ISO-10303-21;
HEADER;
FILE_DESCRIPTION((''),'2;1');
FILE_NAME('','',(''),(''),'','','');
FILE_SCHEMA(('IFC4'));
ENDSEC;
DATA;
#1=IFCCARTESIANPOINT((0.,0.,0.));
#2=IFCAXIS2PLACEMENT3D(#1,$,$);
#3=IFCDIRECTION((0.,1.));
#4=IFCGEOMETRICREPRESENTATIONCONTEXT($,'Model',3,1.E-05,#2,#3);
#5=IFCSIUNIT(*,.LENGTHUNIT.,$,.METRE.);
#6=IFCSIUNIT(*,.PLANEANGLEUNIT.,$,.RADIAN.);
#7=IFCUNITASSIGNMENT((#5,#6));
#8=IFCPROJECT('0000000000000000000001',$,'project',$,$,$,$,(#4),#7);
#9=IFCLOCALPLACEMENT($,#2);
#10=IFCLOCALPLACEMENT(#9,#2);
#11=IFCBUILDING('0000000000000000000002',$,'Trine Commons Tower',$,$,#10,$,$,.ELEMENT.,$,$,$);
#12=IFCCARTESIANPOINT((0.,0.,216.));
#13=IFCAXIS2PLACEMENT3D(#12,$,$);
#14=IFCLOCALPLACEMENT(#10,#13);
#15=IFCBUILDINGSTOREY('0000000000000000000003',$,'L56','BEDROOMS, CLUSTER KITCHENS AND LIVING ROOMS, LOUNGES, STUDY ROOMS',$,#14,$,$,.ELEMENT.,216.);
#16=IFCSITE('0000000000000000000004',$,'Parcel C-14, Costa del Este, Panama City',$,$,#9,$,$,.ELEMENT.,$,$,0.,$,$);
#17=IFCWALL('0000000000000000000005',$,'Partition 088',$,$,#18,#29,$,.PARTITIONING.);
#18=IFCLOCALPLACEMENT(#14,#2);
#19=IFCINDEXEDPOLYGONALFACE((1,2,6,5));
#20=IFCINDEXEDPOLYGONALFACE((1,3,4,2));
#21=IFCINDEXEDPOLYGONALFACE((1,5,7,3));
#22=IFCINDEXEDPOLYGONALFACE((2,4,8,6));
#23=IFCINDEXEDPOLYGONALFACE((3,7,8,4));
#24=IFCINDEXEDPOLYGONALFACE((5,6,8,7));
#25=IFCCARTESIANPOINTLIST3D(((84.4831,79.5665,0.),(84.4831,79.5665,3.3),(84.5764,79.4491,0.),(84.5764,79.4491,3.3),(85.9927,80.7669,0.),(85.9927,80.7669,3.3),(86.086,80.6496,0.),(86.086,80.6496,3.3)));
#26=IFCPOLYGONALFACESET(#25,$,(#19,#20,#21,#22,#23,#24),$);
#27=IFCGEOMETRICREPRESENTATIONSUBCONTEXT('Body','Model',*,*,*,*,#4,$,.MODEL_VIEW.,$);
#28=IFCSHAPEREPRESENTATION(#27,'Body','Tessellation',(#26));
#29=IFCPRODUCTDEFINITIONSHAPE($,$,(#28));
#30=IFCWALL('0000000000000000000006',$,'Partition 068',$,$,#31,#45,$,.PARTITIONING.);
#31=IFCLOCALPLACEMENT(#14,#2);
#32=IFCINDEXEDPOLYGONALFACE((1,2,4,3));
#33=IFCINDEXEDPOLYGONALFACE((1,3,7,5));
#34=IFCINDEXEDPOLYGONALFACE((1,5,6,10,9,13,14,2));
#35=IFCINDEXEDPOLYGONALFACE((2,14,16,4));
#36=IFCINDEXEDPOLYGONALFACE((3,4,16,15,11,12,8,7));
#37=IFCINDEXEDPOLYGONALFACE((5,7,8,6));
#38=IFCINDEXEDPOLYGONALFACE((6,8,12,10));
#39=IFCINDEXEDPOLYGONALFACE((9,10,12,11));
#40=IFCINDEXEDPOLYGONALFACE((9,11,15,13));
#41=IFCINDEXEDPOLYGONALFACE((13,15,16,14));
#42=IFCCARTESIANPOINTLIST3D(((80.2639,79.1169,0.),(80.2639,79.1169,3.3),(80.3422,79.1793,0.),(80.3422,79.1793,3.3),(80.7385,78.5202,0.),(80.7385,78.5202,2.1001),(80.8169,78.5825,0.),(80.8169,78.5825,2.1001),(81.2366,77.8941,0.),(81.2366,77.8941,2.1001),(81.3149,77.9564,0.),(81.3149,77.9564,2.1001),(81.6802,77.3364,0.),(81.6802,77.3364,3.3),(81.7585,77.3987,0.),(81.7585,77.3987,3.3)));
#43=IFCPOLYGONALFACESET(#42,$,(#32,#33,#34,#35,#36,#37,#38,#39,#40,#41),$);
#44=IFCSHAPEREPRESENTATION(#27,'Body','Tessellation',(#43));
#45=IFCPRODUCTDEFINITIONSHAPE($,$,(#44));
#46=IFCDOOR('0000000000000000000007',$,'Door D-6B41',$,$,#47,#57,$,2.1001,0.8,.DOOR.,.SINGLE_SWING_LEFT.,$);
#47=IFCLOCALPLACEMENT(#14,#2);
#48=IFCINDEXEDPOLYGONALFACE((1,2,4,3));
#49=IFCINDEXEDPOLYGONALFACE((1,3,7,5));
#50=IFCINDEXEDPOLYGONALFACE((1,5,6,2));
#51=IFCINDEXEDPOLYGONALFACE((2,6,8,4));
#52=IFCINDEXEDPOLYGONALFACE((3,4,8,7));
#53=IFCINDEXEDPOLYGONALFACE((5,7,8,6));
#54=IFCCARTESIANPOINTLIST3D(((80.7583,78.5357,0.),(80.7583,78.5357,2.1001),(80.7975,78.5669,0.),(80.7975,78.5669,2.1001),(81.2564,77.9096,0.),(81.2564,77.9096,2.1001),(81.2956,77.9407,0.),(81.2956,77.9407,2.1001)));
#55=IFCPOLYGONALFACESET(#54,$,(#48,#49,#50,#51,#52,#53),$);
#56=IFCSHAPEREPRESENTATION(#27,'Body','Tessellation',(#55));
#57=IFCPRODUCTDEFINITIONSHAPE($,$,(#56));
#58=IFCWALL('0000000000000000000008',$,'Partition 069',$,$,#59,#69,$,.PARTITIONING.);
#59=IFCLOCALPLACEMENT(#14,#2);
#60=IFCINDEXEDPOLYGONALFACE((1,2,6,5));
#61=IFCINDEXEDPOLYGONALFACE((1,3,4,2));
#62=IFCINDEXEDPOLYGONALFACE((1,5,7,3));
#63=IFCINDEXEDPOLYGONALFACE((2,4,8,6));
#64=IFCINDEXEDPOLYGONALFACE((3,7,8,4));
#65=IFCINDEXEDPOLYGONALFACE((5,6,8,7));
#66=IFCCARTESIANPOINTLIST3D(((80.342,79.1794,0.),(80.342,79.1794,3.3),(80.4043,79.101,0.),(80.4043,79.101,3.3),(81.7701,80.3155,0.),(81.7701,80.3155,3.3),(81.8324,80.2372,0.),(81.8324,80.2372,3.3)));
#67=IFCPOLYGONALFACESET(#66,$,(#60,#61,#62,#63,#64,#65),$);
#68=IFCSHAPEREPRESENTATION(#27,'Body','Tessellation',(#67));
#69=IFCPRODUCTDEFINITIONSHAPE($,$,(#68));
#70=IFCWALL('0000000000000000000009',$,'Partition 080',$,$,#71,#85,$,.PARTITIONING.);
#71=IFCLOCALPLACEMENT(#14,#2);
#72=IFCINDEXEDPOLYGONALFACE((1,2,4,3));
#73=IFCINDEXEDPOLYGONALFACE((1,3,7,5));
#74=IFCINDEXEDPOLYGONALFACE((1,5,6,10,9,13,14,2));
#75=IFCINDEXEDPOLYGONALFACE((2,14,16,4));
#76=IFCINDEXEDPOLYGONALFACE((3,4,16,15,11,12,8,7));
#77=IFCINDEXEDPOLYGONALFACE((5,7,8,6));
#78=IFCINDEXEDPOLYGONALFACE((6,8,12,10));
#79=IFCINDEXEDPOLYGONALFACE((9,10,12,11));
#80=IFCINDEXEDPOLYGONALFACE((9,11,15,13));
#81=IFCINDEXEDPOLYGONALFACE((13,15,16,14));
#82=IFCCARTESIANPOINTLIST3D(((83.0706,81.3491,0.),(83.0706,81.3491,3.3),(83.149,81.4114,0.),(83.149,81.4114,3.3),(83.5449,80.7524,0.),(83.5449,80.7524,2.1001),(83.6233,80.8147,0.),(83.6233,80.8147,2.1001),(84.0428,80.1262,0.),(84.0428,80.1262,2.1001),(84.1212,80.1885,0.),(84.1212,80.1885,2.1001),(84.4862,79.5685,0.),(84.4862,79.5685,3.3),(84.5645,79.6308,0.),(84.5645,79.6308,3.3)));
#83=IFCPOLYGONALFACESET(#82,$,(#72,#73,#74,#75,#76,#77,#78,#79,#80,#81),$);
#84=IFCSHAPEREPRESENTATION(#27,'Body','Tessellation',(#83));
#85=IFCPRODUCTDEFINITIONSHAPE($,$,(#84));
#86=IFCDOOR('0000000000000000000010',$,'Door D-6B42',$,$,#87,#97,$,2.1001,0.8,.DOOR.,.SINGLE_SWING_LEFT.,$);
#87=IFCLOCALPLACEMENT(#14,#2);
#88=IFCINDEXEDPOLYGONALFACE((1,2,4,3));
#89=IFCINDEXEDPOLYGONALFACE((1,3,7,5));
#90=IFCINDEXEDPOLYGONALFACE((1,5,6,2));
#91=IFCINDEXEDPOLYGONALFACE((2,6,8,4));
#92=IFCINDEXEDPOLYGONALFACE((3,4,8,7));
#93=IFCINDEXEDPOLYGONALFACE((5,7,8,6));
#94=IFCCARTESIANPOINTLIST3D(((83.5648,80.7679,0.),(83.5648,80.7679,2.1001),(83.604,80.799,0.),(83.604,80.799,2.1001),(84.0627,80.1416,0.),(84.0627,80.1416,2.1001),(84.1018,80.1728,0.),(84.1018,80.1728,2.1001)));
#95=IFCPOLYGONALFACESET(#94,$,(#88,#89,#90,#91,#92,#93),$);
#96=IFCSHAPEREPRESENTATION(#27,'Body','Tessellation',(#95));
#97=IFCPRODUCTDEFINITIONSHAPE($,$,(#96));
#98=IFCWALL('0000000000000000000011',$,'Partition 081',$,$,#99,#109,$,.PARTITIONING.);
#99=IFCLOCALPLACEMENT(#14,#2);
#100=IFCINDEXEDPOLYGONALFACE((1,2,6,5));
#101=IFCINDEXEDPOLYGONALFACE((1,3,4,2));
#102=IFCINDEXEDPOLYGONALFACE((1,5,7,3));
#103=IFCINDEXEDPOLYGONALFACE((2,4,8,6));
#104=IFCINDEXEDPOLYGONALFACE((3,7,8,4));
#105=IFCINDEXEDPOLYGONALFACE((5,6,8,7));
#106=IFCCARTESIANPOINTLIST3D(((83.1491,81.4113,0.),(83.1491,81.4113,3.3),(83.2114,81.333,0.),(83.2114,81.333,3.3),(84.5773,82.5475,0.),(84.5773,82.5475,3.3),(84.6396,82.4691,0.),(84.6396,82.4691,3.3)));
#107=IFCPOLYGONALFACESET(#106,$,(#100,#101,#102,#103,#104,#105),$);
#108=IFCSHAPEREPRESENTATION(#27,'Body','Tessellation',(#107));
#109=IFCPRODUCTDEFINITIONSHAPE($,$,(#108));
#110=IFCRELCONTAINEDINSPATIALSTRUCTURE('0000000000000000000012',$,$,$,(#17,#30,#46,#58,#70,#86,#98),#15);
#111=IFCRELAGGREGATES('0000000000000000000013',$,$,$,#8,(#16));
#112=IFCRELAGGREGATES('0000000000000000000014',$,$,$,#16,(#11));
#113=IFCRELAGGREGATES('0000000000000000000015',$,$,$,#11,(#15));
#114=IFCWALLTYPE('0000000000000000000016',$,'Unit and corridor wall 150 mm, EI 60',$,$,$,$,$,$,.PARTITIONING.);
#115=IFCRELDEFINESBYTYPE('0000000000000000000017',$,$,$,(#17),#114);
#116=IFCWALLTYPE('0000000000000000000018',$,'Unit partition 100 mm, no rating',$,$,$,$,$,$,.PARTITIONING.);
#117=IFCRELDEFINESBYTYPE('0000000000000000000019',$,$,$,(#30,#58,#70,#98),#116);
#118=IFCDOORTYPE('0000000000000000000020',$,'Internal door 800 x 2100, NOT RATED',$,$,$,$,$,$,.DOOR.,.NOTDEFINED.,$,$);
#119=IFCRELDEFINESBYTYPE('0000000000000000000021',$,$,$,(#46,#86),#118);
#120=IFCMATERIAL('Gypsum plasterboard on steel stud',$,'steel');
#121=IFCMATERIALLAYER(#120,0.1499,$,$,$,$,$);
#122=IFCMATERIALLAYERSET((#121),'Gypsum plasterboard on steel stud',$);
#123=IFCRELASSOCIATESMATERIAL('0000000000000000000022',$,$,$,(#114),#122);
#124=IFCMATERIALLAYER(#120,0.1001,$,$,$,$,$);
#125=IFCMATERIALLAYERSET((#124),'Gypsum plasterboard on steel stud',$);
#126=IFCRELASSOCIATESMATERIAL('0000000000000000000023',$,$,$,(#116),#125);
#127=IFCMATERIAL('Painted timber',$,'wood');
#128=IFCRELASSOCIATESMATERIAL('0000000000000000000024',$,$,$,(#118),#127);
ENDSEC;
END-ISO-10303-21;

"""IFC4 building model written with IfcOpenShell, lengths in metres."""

from ifc_helpers import new_model, si_unit, direction, frame, frame_2d, origin, place, context, subcontext, project, spatial, rectangle, extrude, material, layer, layer_set, type_object, element, fill, save


model = new_model("IFC4")

# Units and contexts
model_context = context("Model", 3, precision=1e-05, world=origin(), true_north=direction((0.0, 1.0)))
body_context = subcontext(model_context, "Body", "Model", "MODEL_VIEW")
ifc_project = project(units=[si_unit("LENGTHUNIT", "METRE"), si_unit("PLANEANGLEUNIT", "RADIAN")], contexts=[model_context])

# Site, building, storey
site_placement = place(None, origin())
site = spatial("IfcSite", under=ifc_project, at=site_placement, Name="Parcel C-14, Costa del Este, Panama City", CompositionType="ELEMENT", RefElevation=0.0)
building_placement = place(site_placement, origin())
building = spatial("IfcBuilding", under=site, at=building_placement, Name="Trine Commons Tower", CompositionType="ELEMENT")
storey_placement = place(building_placement, frame((0.0, 0.0, 216.0)))
storey = spatial("IfcBuildingStorey", under=building, at=storey_placement, Name="L56", Description="BEDROOMS, CLUSTER KITCHENS AND LIVING ROOMS, LOUNGES, STUDY ROOMS", CompositionType="ELEMENT", Elevation=216.0)

# Shared definitions
ifc_material_1 = material(Name="Gypsum plasterboard on steel stud", Category="steel")
ifc_layer_1 = layer(ifc_material_1, 0.1499)
ifc_layer_set_1 = layer_set([ifc_layer_1], Name="Gypsum plasterboard on steel stud")
wall_type_1 = type_object("IfcWallType", Name="Unit and corridor wall 150 mm, EI 60", PredefinedType="PARTITIONING", material=ifc_layer_set_1)

# Shared definitions
ifc_material_2 = material(Name="Painted timber", Category="wood")

# Wall
wall_1_placement = place(storey_placement, frame((84.5298, 79.5078, 0.0), z_axis=(0.0, 0.0, 1.0), x_axis=(0.782681, 0.622423, 0.0)))
element("IfcWall", 1, at=wall_1_placement, inside=storey, type_object=wall_type_1, Name="Partition 088", PredefinedType="PARTITIONING", context=body_context, shape_type="SweptSolid", body=[
    extrude(rectangle(XDim=1.9287, YDim=0.1499, at=frame_2d((0.9644, 0.0))), origin(), (0.0, 0.0, 1.0), 3.3),
])

# Wall, opening, door
ifc_layer_2 = layer(ifc_material_1, 0.1001)
ifc_layer_set_2 = layer_set([ifc_layer_2], Name="Gypsum plasterboard on steel stud")
wall_type_2 = type_object("IfcWallType", Name="Unit partition 100 mm, no rating", PredefinedType="PARTITIONING", material=ifc_layer_set_2)
wall_2_placement = place(storey_placement, frame((80.303, 79.1482, 0.0), z_axis=(0.0, 0.0, 1.0), x_axis=(0.622507, -0.782614, 0.0)))
wall_2 = element("IfcWall", 2, at=wall_2_placement, inside=storey, type_object=wall_type_2, Name="Partition 068", PredefinedType="PARTITIONING", context=body_context, shape_type="SweptSolid", body=[
    extrude(rectangle(XDim=2.2751, YDim=0.1001, at=frame_2d((1.1377, 0.0))), origin(), (0.0, 0.0, 1.0), 3.3),
])
opening_1_placement = place(wall_2_placement, frame((0.7627, 0.0, 0.0)))
opening_1 = element("IfcOpeningElement", 3, at=opening_1_placement, cuts=wall_2, PredefinedType="OPENING", context=body_context, shape_type="SweptSolid", body=[
    extrude(rectangle(XDim=0.8, YDim=2.1001, at=frame_2d((0.3999, 1.05))), frame((0.0, 0.0601, 0.0), z_axis=(0.0, -1.0, 0.0), x_axis=(1.0, 0.0, 0.0)), (0.0, 0.0, 1.0), 0.1201),
])
door_type_1 = type_object("IfcDoorType", Name="Internal door 800 x 2100, NOT RATED", OperationType="NOTDEFINED", PredefinedType="DOOR", material=ifc_material_2)
door_1_placement = place(opening_1_placement, frame((0.8, 0.0, 0.0), z_axis=(0.0, 0.0, 1.0), x_axis=(-1.0, 0.0, 0.0)))
door_1 = element("IfcDoor", 4, at=door_1_placement, inside=storey, type_object=door_type_1, Name="Door D-6B41", OperationType="SINGLE_SWING_LEFT", OverallHeight=2.1001, OverallWidth=0.8, PredefinedType="DOOR", context=body_context, shape_type="SweptSolid", body=[
    extrude(rectangle(XDim=0.8, YDim=2.1001, at=frame_2d((0.3999, 1.05))), frame((0.0, 0.0249, 0.0), z_axis=(0.0, -1.0, 0.0), x_axis=(1.0, 0.0, 0.0)), (0.0, 0.0, 1.0), 0.05),
])
fill(opening_1, door_1)

# Wall
wall_3_placement = place(storey_placement, frame((80.373, 79.1401, 0.0), z_axis=(0.0, 0.0, 1.0), x_axis=(0.782563, 0.622572, 0.0)))
element("IfcWall", 5, at=wall_3_placement, inside=storey, type_object=wall_type_2, Name="Partition 069", PredefinedType="PARTITIONING", context=body_context, shape_type="SweptSolid", body=[
    extrude(rectangle(XDim=1.825, YDim=0.1001, at=frame_2d((0.9126, 0.0))), origin(), (0.0, 0.0, 1.0), 3.3),
])

# Wall, opening, door
wall_4_placement = place(storey_placement, frame((83.1099, 81.3801, 0.0), z_axis=(0.0, 0.0, 1.0), x_axis=(0.62231, -0.782771, 0.0)))
wall_4 = element("IfcWall", 6, at=wall_4_placement, inside=storey, type_object=wall_type_2, Name="Partition 080", PredefinedType="PARTITIONING", context=body_context, shape_type="SweptSolid", body=[
    extrude(rectangle(XDim=2.2747, YDim=0.1001, at=frame_2d((1.1372, 0.0))), origin(), (0.0, 0.0, 1.0), 3.3),
])
opening_2_placement = place(wall_4_placement, frame((0.7622, 0.0, 0.0)))
opening_2 = element("IfcOpeningElement", 7, at=opening_2_placement, cuts=wall_4, PredefinedType="OPENING", context=body_context, shape_type="SweptSolid", body=[
    extrude(rectangle(XDim=0.8, YDim=2.1001, at=frame_2d((0.3999, 1.05))), frame((0.0, 0.0601, 0.0), z_axis=(0.0, -1.0, 0.0), x_axis=(1.0, 0.0, 0.0)), (0.0, 0.0, 1.0), 0.1201),
])
door_2_placement = place(opening_2_placement, frame((0.8, 0.0, 0.0), z_axis=(0.0, 0.0, 1.0), x_axis=(-1.0, 0.0, 0.0)))
door_2 = element("IfcDoor", 8, at=door_2_placement, inside=storey, type_object=door_type_1, Name="Door D-6B42", OperationType="SINGLE_SWING_LEFT", OverallHeight=2.1001, OverallWidth=0.8, PredefinedType="DOOR", context=body_context, shape_type="SweptSolid", body=[
    extrude(rectangle(XDim=0.8, YDim=2.1001, at=frame_2d((0.3999, 1.05))), frame((0.0, 0.0249, 0.0), z_axis=(0.0, -1.0, 0.0), x_axis=(1.0, 0.0, 0.0)), (0.0, 0.0, 1.0), 0.05),
])
fill(opening_2, door_2)

# Wall
wall_5_placement = place(storey_placement, frame((83.1802, 81.3721, 0.0), z_axis=(0.0, 0.0, 1.0), x_axis=(0.782563, 0.622572, 0.0)))
element("IfcWall", 9, at=wall_5_placement, inside=storey, type_object=wall_type_2, Name="Partition 081", PredefinedType="PARTITIONING", context=body_context, shape_type="SweptSolid", body=[
    extrude(rectangle(XDim=1.825, YDim=0.1001, at=frame_2d((0.9126, 0.0))), origin(), (0.0, 0.0, 1.0), 3.3),
])

save(model, "model.ifc")
